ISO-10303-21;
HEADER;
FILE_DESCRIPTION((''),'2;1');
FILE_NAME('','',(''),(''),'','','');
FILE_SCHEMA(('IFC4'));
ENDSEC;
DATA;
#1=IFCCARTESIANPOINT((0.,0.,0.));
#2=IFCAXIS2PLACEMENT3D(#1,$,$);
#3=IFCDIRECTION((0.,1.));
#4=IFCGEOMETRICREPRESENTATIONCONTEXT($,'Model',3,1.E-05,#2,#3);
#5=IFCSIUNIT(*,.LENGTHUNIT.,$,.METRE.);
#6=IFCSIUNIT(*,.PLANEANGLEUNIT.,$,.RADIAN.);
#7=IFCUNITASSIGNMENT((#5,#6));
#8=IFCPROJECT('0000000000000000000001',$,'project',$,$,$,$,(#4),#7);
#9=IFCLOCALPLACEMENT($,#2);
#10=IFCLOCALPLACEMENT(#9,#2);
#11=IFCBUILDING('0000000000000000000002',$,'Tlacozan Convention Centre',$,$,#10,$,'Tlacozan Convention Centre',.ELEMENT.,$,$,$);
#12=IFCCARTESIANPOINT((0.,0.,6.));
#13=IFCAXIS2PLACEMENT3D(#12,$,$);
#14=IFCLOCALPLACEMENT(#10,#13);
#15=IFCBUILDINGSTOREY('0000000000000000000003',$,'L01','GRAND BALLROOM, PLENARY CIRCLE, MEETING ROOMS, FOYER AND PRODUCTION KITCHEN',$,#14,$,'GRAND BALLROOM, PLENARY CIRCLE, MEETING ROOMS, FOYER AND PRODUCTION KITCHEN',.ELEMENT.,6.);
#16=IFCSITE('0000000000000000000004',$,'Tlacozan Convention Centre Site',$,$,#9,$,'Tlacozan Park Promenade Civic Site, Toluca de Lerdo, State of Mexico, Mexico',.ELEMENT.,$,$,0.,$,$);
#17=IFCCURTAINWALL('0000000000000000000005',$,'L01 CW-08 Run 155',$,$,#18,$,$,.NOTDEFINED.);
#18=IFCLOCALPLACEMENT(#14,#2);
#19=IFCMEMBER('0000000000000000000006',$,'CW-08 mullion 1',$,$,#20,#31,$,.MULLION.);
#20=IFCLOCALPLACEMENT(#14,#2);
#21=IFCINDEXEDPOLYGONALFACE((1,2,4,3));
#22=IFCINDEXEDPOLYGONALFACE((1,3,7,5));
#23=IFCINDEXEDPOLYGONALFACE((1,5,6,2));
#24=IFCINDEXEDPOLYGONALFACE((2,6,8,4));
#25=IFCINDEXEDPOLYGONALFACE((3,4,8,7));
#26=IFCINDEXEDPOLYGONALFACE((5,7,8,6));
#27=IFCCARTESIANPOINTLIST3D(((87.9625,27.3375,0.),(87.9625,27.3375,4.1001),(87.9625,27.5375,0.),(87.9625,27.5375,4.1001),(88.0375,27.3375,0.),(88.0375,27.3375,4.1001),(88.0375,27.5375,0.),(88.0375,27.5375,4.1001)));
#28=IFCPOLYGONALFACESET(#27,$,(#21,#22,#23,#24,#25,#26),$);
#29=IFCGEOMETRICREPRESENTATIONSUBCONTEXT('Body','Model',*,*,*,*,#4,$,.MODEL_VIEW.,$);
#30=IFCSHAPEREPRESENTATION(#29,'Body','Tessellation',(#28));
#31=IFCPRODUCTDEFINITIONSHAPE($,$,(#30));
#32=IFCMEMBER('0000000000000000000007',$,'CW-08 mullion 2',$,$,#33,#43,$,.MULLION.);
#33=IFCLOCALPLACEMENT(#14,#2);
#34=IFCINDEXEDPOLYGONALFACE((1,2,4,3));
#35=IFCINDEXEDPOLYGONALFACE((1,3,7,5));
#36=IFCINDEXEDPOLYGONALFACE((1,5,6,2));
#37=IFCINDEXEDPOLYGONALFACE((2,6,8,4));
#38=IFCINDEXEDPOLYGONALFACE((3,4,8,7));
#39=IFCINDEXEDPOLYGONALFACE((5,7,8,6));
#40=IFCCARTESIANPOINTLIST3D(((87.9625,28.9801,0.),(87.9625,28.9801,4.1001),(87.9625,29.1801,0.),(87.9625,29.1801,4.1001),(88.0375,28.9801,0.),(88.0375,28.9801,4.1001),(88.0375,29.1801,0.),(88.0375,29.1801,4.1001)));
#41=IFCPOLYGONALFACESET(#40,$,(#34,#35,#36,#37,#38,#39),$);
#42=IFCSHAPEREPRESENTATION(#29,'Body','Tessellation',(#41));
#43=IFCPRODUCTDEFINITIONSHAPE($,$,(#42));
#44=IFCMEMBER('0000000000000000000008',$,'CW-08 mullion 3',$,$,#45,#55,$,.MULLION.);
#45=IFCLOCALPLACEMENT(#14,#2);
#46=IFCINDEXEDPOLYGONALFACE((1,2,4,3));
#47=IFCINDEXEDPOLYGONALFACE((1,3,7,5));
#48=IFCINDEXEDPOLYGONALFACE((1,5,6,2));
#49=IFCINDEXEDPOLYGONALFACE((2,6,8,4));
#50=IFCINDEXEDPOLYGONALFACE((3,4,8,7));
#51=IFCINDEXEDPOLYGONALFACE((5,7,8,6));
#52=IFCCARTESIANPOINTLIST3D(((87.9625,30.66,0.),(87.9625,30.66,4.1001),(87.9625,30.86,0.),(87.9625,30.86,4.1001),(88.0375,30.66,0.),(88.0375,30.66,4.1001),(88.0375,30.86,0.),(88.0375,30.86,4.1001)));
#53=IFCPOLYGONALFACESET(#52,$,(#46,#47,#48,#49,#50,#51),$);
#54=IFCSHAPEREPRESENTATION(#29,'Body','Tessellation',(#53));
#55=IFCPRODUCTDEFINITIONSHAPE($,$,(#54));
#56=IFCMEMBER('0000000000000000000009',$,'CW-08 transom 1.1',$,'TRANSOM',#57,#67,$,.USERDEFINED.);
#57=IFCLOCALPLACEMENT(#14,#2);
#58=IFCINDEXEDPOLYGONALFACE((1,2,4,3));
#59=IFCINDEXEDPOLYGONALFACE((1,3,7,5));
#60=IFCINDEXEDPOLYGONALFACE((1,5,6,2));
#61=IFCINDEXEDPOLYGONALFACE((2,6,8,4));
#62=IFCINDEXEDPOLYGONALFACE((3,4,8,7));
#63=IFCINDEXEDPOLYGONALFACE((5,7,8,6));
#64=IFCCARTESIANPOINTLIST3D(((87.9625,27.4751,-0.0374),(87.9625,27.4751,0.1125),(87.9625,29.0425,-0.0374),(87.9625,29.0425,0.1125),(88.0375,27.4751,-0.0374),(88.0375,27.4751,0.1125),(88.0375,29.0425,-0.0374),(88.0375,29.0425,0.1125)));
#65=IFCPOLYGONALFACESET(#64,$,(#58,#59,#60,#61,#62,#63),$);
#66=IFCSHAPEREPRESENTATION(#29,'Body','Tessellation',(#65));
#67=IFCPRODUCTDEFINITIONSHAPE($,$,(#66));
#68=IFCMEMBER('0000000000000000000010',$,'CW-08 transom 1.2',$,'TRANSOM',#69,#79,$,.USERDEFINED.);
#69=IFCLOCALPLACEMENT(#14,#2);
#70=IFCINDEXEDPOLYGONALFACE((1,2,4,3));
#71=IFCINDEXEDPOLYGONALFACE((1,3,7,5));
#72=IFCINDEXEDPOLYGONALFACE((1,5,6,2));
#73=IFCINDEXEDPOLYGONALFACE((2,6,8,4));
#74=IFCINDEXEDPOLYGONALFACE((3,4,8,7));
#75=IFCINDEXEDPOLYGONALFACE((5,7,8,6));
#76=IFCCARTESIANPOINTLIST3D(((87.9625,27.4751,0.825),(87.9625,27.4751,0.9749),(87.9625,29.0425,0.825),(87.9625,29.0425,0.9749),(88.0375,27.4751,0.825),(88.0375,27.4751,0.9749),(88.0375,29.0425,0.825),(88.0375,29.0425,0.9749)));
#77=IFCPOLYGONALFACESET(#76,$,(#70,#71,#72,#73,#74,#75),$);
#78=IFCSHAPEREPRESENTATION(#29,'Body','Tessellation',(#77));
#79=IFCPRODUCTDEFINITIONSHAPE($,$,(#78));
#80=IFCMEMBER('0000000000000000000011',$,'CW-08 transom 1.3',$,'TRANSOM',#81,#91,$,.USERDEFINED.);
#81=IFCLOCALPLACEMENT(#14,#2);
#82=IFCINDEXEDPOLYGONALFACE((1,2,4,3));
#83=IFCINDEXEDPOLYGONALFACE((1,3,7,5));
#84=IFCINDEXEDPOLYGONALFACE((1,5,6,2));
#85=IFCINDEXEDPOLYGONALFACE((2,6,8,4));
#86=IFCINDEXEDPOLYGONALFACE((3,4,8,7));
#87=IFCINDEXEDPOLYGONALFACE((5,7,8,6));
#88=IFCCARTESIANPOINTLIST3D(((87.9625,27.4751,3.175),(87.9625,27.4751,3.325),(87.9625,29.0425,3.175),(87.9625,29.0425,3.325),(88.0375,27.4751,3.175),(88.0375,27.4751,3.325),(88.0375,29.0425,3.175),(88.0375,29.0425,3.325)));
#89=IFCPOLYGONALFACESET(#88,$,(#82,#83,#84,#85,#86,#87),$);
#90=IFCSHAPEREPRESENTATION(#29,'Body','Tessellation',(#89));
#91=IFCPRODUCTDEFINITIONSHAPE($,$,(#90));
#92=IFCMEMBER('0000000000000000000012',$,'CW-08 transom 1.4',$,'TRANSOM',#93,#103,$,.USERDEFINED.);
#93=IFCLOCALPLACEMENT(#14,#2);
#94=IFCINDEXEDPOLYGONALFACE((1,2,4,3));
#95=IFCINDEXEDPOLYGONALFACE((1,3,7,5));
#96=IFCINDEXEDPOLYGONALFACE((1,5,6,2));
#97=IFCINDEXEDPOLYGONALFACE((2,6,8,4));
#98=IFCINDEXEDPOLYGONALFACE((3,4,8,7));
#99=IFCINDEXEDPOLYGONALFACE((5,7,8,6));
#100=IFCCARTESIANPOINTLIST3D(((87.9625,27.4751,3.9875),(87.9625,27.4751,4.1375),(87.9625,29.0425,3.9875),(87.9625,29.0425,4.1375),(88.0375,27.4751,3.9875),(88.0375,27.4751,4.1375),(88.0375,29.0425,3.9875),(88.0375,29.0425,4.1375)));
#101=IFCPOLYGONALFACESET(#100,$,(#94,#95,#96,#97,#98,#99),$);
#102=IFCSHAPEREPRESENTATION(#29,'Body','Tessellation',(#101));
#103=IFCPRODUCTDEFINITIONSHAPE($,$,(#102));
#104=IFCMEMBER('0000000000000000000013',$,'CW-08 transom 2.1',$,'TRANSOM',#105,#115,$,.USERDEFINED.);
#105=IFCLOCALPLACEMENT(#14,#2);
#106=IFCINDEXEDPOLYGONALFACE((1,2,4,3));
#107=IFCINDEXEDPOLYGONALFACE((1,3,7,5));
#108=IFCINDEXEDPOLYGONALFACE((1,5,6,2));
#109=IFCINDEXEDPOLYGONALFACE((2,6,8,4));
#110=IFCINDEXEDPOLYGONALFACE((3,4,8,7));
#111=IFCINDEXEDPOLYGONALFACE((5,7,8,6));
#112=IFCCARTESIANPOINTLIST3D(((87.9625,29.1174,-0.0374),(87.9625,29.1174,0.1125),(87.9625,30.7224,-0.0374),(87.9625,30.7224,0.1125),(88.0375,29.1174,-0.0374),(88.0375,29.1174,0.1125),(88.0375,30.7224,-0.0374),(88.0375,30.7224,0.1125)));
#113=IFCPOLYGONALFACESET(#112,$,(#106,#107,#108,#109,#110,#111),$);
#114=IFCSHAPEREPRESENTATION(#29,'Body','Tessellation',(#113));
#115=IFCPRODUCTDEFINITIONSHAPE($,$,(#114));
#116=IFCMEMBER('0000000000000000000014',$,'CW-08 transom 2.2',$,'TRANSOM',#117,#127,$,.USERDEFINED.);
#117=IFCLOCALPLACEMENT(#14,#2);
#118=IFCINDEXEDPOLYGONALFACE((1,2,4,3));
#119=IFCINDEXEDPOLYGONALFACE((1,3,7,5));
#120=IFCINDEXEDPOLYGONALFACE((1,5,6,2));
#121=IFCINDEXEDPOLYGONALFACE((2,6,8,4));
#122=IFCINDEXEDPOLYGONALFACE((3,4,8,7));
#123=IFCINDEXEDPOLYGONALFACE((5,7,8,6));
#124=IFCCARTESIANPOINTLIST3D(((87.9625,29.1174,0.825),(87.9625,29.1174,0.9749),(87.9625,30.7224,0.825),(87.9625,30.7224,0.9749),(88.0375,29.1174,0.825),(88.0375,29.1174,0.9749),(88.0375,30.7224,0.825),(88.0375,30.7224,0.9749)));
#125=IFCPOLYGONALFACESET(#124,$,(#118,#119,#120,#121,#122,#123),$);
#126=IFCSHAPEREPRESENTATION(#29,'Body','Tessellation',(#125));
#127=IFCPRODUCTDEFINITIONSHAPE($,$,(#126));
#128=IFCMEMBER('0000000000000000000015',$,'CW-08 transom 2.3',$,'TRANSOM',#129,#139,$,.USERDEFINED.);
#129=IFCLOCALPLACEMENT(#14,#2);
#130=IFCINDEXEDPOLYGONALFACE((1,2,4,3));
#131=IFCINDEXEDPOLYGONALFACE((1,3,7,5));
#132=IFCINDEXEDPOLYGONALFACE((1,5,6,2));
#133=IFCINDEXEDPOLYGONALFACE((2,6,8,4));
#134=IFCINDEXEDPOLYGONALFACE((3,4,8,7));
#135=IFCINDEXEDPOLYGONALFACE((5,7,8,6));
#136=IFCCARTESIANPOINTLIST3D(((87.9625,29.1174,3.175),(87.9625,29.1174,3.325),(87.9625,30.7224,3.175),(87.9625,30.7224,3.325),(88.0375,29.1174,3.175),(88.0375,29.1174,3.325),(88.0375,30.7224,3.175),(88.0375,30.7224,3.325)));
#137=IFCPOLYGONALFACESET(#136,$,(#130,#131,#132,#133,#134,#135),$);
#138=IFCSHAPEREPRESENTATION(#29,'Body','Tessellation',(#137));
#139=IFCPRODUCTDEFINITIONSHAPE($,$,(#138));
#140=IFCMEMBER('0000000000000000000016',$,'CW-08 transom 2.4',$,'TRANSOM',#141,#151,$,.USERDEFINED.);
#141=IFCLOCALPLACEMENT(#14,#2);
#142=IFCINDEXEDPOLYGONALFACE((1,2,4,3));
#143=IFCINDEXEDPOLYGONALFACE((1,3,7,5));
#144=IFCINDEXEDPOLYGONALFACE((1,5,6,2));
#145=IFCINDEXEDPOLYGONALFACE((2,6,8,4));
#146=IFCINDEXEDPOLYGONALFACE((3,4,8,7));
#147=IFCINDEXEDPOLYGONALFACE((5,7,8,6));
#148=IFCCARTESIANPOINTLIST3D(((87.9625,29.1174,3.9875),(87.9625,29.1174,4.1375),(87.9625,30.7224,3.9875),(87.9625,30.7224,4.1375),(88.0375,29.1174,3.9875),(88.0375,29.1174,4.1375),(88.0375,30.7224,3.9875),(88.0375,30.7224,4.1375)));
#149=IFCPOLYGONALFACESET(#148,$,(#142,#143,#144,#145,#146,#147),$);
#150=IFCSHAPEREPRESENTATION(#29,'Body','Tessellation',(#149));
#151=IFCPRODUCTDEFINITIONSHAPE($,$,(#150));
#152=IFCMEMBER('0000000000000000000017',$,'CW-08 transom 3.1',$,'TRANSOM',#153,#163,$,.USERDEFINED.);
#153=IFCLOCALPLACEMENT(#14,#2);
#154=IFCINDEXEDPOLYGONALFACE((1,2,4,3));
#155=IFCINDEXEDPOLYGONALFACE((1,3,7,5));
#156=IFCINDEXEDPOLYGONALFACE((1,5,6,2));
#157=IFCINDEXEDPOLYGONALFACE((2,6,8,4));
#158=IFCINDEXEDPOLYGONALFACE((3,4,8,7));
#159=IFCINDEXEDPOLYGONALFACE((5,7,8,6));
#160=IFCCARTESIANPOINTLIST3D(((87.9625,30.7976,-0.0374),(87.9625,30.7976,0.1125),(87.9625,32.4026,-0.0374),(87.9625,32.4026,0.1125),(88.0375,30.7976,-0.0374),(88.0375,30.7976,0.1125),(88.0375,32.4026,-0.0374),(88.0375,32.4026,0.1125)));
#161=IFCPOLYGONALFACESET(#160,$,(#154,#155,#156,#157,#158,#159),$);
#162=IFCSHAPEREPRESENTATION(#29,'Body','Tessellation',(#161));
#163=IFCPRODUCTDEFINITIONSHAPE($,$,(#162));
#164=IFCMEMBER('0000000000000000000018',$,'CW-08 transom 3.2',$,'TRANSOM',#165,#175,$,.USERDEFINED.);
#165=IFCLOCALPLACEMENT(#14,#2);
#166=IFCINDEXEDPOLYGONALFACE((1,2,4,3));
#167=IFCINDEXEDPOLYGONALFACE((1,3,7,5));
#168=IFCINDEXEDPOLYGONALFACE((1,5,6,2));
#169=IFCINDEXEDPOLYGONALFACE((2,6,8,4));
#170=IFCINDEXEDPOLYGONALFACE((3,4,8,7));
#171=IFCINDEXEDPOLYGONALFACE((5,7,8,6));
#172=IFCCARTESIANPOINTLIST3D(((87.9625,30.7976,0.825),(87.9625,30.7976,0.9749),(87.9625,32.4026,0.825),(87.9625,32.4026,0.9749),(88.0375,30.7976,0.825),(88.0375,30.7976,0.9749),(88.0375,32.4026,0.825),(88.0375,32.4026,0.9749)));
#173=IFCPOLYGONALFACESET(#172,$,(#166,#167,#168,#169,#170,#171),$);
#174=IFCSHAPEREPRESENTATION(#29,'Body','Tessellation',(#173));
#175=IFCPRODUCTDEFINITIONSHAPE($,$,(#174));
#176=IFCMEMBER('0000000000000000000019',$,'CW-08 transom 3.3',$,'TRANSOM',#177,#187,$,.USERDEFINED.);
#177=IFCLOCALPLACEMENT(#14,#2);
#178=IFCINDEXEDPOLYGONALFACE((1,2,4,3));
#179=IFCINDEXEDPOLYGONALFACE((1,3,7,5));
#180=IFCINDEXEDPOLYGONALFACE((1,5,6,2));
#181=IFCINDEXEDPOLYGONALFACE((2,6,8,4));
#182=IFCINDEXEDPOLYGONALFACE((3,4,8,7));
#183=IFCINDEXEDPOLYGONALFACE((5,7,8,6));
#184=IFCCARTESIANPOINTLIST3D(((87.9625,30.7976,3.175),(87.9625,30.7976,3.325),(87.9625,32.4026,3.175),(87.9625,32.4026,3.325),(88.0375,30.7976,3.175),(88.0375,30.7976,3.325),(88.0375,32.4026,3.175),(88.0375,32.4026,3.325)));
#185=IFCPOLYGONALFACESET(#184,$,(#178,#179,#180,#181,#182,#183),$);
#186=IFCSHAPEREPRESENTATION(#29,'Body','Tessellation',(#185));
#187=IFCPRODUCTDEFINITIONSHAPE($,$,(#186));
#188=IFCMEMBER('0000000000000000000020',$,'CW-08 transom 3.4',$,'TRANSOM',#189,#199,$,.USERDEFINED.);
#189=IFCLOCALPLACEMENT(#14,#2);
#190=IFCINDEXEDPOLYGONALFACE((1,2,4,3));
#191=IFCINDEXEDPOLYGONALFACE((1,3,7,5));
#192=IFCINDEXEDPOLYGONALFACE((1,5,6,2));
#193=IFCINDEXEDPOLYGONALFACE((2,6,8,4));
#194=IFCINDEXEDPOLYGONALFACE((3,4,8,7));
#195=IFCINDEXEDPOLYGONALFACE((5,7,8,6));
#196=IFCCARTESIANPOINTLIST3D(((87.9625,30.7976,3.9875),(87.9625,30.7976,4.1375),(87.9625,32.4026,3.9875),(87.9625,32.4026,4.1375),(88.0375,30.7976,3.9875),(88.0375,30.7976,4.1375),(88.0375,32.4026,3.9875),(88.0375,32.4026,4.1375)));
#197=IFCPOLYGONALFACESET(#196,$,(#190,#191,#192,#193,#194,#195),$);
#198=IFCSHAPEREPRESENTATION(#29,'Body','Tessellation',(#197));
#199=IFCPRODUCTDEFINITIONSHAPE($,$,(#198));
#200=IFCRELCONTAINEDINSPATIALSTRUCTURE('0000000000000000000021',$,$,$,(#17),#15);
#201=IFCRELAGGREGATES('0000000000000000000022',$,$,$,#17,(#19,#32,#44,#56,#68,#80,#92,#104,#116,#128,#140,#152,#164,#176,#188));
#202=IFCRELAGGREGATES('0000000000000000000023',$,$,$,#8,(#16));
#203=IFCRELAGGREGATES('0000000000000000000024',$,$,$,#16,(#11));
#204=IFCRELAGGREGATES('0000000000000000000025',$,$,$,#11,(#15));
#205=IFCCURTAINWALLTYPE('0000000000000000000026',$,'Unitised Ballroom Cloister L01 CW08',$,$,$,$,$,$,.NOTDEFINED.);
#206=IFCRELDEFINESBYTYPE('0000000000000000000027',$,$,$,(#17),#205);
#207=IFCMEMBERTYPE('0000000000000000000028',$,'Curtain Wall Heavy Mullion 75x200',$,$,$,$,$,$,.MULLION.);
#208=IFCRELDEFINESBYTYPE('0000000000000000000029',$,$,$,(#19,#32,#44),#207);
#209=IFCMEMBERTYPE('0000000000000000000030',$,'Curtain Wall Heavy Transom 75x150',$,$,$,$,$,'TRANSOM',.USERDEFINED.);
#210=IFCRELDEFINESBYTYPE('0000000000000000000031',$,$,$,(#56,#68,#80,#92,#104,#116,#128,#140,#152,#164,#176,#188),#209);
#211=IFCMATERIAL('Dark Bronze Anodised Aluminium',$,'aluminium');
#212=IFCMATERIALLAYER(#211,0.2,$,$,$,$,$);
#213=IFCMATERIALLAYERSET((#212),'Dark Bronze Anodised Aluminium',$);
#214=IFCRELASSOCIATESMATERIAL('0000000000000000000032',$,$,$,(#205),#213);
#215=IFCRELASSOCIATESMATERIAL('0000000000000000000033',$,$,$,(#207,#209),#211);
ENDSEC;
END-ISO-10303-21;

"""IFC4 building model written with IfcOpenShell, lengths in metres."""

from ifc_helpers import new_model, si_unit, direction, frame, origin, origin_2d, place, context, subcontext, project, spatial, rectangle, extrude, material, layer, layer_set, material_profile, profile_set, type_object, element, aggregate, save


model = new_model("IFC4")

# Units and contexts
model_context = context("Model", 3, precision=1e-05, world=origin(), true_north=direction((0.0, 1.0)))
body_context = subcontext(model_context, "Body", "Model", "MODEL_VIEW")
ifc_project = project(units=[si_unit("LENGTHUNIT", "METRE"), si_unit("PLANEANGLEUNIT", "RADIAN")], contexts=[model_context])

# Site, building, storey
site_placement = place(None, origin())
site = spatial("IfcSite", under=ifc_project, at=site_placement, Name="Tlacozan Convention Centre Site", LongName="Tlacozan Park Promenade Civic Site, Toluca de Lerdo, State of Mexico, Mexico", CompositionType="ELEMENT", RefElevation=0.0)
building_placement = place(site_placement, origin())
building = spatial("IfcBuilding", under=site, at=building_placement, Name="Tlacozan Convention Centre", LongName="Tlacozan Convention Centre", CompositionType="ELEMENT")
storey_placement = place(building_placement, frame((0.0, 0.0, 6.0)))
storey = spatial("IfcBuildingStorey", under=building, at=storey_placement, Name="L01", Description="GRAND BALLROOM, PLENARY CIRCLE, MEETING ROOMS, FOYER AND PRODUCTION KITCHEN", LongName="GRAND BALLROOM, PLENARY CIRCLE, MEETING ROOMS, FOYER AND PRODUCTION KITCHEN", CompositionType="ELEMENT", Elevation=6.0)

# Curtain wall, members
ifc_material_1 = material(Name="Dark Bronze Anodised Aluminium", Category="aluminium")
ifc_layer_1 = layer(ifc_material_1, 0.2)
ifc_layer_set_1 = layer_set([ifc_layer_1], Name="Dark Bronze Anodised Aluminium")
curtain_wall_type = type_object("IfcCurtainWallType", Name="Unitised Ballroom Cloister L01 CW08", PredefinedType="NOTDEFINED", material=ifc_layer_set_1)
curtain_wall_placement = place(storey_placement, origin())
curtain_wall = element("IfcCurtainWall", 1, at=curtain_wall_placement, inside=storey, type_object=curtain_wall_type, Name="L01 CW-08 Run 155", PredefinedType="NOTDEFINED")
ifc_material_profile_1 = material_profile(ifc_material_1, rectangle(XDim=0.075, YDim=0.2, at=origin_2d()), Name="ALU 75x200")
ifc_profile_set_1 = profile_set([ifc_material_profile_1], Name="Dark Bronze Anodised Aluminium")
member_type_1 = type_object("IfcMemberType", Name="Curtain Wall Heavy Mullion 75x200", PredefinedType="MULLION", material=ifc_profile_set_1)
member_1_placement = place(storey_placement, frame((88.0, 27.4375, 0.0), z_axis=(0.0, 0.0, 1.0), x_axis=(-1.0, 0.0, 0.0)))
member_1 = element("IfcMember", 2, at=member_1_placement, type_object=member_type_1, Name="CW-08 mullion 1", PredefinedType="MULLION", context=body_context, shape_type="SweptSolid", body=[
    extrude(rectangle(XDim=0.075, YDim=0.2, at=origin_2d()), origin(), (0.0, 0.0, 1.0), 4.1001),
])
member_2_placement = place(storey_placement, frame((88.0, 29.0801, 0.0), z_axis=(0.0, 0.0, 1.0), x_axis=(-1.0, 0.0, 0.0)))
member_2 = element("IfcMember", 3, at=member_2_placement, type_object=member_type_1, Name="CW-08 mullion 2", PredefinedType="MULLION", context=body_context, shape_type="SweptSolid", body=[
    extrude(rectangle(XDim=0.075, YDim=0.2, at=origin_2d()), origin(), (0.0, 0.0, 1.0), 4.1001),
])
member_3_placement = place(storey_placement, frame((88.0, 30.76, 0.0), z_axis=(0.0, 0.0, 1.0), x_axis=(-1.0, 0.0, 0.0)))
member_3 = element("IfcMember", 4, at=member_3_placement, type_object=member_type_1, Name="CW-08 mullion 3", PredefinedType="MULLION", context=body_context, shape_type="SweptSolid", body=[
    extrude(rectangle(XDim=0.075, YDim=0.2, at=origin_2d()), origin(), (0.0, 0.0, 1.0), 4.1001),
])
ifc_material_profile_2 = material_profile(ifc_material_1, rectangle(XDim=0.075, YDim=0.1499, at=origin_2d()), Name="ALU 75x150")
ifc_profile_set_2 = profile_set([ifc_material_profile_2], Name="Dark Bronze Anodised Aluminium")
member_type_2 = type_object("IfcMemberType", Name="Curtain Wall Heavy Transom 75x150", ElementType="TRANSOM", PredefinedType="USERDEFINED", material=ifc_profile_set_2)
member_4_placement = place(storey_placement, frame((88.0, 27.4751, 0.0376), z_axis=(0.0, 1.0, 0.0), x_axis=(-1.0, 0.0, 0.0)))
member_4 = element("IfcMember", 5, at=member_4_placement, type_object=member_type_2, Name="CW-08 transom 1.1", ObjectType="TRANSOM", PredefinedType="USERDEFINED", context=body_context, shape_type="SweptSolid", body=[
    extrude(rectangle(XDim=0.075, YDim=0.1499, at=origin_2d()), origin(), (0.0, 0.0, 1.0), 1.5674),
])
member_5_placement = place(storey_placement, frame((88.0, 27.4751, 0.8999), z_axis=(0.0, 1.0, 0.0), x_axis=(-1.0, 0.0, 0.0)))
member_5 = element("IfcMember", 6, at=member_5_placement, type_object=member_type_2, Name="CW-08 transom 1.2", ObjectType="TRANSOM", PredefinedType="USERDEFINED", context=body_context, shape_type="SweptSolid", body=[
    extrude(rectangle(XDim=0.075, YDim=0.1499, at=origin_2d()), origin(), (0.0, 0.0, 1.0), 1.5674),
])
member_6_placement = place(storey_placement, frame((88.0, 27.4751, 3.25), z_axis=(0.0, 1.0, 0.0), x_axis=(-1.0, 0.0, 0.0)))
member_6 = element("IfcMember", 7, at=member_6_placement, type_object=member_type_2, Name="CW-08 transom 1.3", ObjectType="TRANSOM", PredefinedType="USERDEFINED", context=body_context, shape_type="SweptSolid", body=[
    extrude(rectangle(XDim=0.075, YDim=0.1499, at=origin_2d()), origin(), (0.0, 0.0, 1.0), 1.5674),
])
member_7_placement = place(storey_placement, frame((88.0, 27.4751, 4.0625), z_axis=(0.0, 1.0, 0.0), x_axis=(-1.0, 0.0, 0.0)))
member_7 = element("IfcMember", 8, at=member_7_placement, type_object=member_type_2, Name="CW-08 transom 1.4", ObjectType="TRANSOM", PredefinedType="USERDEFINED", context=body_context, shape_type="SweptSolid", body=[
    extrude(rectangle(XDim=0.075, YDim=0.1499, at=origin_2d()), origin(), (0.0, 0.0, 1.0), 1.5674),
])
member_8_placement = place(storey_placement, frame((88.0, 29.1174, 0.0376), z_axis=(0.0, 1.0, 0.0), x_axis=(-1.0, 0.0, 0.0)))
member_8 = element("IfcMember", 9, at=member_8_placement, type_object=member_type_2, Name="CW-08 transom 2.1", ObjectType="TRANSOM", PredefinedType="USERDEFINED", context=body_context, shape_type="SweptSolid", body=[
    extrude(rectangle(XDim=0.075, YDim=0.1499, at=origin_2d()), origin(), (0.0, 0.0, 1.0), 1.605),
])
member_9_placement = place(storey_placement, frame((88.0, 29.1174, 0.8999), z_axis=(0.0, 1.0, 0.0), x_axis=(-1.0, 0.0, 0.0)))
member_9 = element("IfcMember", 10, at=member_9_placement, type_object=member_type_2, Name="CW-08 transom 2.2", ObjectType="TRANSOM", PredefinedType="USERDEFINED", context=body_context, shape_type="SweptSolid", body=[
    extrude(rectangle(XDim=0.075, YDim=0.1499, at=origin_2d()), origin(), (0.0, 0.0, 1.0), 1.605),
])
member_10_placement = place(storey_placement, frame((88.0, 29.1174, 3.25), z_axis=(0.0, 1.0, 0.0), x_axis=(-1.0, 0.0, 0.0)))
member_10 = element("IfcMember", 11, at=member_10_placement, type_object=member_type_2, Name="CW-08 transom 2.3", ObjectType="TRANSOM", PredefinedType="USERDEFINED", context=body_context, shape_type="SweptSolid", body=[
    extrude(rectangle(XDim=0.075, YDim=0.1499, at=origin_2d()), origin(), (0.0, 0.0, 1.0), 1.605),
])
member_11_placement = place(storey_placement, frame((88.0, 29.1174, 4.0625), z_axis=(0.0, 1.0, 0.0), x_axis=(-1.0, 0.0, 0.0)))
member_11 = element("IfcMember", 12, at=member_11_placement, type_object=member_type_2, Name="CW-08 transom 2.4", ObjectType="TRANSOM", PredefinedType="USERDEFINED", context=body_context, shape_type="SweptSolid", body=[
    extrude(rectangle(XDim=0.075, YDim=0.1499, at=origin_2d()), origin(), (0.0, 0.0, 1.0), 1.605),
])
member_12_placement = place(storey_placement, frame((88.0, 30.7976, 0.0376), z_axis=(0.0, 1.0, 0.0), x_axis=(-1.0, 0.0, 0.0)))
member_12 = element("IfcMember", 13, at=member_12_placement, type_object=member_type_2, Name="CW-08 transom 3.1", ObjectType="TRANSOM", PredefinedType="USERDEFINED", context=body_context, shape_type="SweptSolid", body=[
    extrude(rectangle(XDim=0.075, YDim=0.1499, at=origin_2d()), origin(), (0.0, 0.0, 1.0), 1.605),
])
member_13_placement = place(storey_placement, frame((88.0, 30.7976, 0.8999), z_axis=(0.0, 1.0, 0.0), x_axis=(-1.0, 0.0, 0.0)))
member_13 = element("IfcMember", 14, at=member_13_placement, type_object=member_type_2, Name="CW-08 transom 3.2", ObjectType="TRANSOM", PredefinedType="USERDEFINED", context=body_context, shape_type="SweptSolid", body=[
    extrude(rectangle(XDim=0.075, YDim=0.1499, at=origin_2d()), origin(), (0.0, 0.0, 1.0), 1.605),
])
member_14_placement = place(storey_placement, frame((88.0, 30.7976, 3.25), z_axis=(0.0, 1.0, 0.0), x_axis=(-1.0, 0.0, 0.0)))
member_14 = element("IfcMember", 15, at=member_14_placement, type_object=member_type_2, Name="CW-08 transom 3.3", ObjectType="TRANSOM", PredefinedType="USERDEFINED", context=body_context, shape_type="SweptSolid", body=[
    extrude(rectangle(XDim=0.075, YDim=0.1499, at=origin_2d()), origin(), (0.0, 0.0, 1.0), 1.605),
])
member_15_placement = place(storey_placement, frame((88.0, 30.7976, 4.0625), z_axis=(0.0, 1.0, 0.0), x_axis=(-1.0, 0.0, 0.0)))
member_15 = element("IfcMember", 16, at=member_15_placement, type_object=member_type_2, Name="CW-08 transom 3.4", ObjectType="TRANSOM", PredefinedType="USERDEFINED", context=body_context, shape_type="SweptSolid", body=[
    extrude(rectangle(XDim=0.075, YDim=0.1499, at=origin_2d()), origin(), (0.0, 0.0, 1.0), 1.605),
])
aggregate(curtain_wall, [member_1, member_2, member_3, member_4, member_5, member_6, member_7, member_8, member_9, member_10, member_11, member_12, member_13, member_14, member_15])

save(model, "model.ifc")
